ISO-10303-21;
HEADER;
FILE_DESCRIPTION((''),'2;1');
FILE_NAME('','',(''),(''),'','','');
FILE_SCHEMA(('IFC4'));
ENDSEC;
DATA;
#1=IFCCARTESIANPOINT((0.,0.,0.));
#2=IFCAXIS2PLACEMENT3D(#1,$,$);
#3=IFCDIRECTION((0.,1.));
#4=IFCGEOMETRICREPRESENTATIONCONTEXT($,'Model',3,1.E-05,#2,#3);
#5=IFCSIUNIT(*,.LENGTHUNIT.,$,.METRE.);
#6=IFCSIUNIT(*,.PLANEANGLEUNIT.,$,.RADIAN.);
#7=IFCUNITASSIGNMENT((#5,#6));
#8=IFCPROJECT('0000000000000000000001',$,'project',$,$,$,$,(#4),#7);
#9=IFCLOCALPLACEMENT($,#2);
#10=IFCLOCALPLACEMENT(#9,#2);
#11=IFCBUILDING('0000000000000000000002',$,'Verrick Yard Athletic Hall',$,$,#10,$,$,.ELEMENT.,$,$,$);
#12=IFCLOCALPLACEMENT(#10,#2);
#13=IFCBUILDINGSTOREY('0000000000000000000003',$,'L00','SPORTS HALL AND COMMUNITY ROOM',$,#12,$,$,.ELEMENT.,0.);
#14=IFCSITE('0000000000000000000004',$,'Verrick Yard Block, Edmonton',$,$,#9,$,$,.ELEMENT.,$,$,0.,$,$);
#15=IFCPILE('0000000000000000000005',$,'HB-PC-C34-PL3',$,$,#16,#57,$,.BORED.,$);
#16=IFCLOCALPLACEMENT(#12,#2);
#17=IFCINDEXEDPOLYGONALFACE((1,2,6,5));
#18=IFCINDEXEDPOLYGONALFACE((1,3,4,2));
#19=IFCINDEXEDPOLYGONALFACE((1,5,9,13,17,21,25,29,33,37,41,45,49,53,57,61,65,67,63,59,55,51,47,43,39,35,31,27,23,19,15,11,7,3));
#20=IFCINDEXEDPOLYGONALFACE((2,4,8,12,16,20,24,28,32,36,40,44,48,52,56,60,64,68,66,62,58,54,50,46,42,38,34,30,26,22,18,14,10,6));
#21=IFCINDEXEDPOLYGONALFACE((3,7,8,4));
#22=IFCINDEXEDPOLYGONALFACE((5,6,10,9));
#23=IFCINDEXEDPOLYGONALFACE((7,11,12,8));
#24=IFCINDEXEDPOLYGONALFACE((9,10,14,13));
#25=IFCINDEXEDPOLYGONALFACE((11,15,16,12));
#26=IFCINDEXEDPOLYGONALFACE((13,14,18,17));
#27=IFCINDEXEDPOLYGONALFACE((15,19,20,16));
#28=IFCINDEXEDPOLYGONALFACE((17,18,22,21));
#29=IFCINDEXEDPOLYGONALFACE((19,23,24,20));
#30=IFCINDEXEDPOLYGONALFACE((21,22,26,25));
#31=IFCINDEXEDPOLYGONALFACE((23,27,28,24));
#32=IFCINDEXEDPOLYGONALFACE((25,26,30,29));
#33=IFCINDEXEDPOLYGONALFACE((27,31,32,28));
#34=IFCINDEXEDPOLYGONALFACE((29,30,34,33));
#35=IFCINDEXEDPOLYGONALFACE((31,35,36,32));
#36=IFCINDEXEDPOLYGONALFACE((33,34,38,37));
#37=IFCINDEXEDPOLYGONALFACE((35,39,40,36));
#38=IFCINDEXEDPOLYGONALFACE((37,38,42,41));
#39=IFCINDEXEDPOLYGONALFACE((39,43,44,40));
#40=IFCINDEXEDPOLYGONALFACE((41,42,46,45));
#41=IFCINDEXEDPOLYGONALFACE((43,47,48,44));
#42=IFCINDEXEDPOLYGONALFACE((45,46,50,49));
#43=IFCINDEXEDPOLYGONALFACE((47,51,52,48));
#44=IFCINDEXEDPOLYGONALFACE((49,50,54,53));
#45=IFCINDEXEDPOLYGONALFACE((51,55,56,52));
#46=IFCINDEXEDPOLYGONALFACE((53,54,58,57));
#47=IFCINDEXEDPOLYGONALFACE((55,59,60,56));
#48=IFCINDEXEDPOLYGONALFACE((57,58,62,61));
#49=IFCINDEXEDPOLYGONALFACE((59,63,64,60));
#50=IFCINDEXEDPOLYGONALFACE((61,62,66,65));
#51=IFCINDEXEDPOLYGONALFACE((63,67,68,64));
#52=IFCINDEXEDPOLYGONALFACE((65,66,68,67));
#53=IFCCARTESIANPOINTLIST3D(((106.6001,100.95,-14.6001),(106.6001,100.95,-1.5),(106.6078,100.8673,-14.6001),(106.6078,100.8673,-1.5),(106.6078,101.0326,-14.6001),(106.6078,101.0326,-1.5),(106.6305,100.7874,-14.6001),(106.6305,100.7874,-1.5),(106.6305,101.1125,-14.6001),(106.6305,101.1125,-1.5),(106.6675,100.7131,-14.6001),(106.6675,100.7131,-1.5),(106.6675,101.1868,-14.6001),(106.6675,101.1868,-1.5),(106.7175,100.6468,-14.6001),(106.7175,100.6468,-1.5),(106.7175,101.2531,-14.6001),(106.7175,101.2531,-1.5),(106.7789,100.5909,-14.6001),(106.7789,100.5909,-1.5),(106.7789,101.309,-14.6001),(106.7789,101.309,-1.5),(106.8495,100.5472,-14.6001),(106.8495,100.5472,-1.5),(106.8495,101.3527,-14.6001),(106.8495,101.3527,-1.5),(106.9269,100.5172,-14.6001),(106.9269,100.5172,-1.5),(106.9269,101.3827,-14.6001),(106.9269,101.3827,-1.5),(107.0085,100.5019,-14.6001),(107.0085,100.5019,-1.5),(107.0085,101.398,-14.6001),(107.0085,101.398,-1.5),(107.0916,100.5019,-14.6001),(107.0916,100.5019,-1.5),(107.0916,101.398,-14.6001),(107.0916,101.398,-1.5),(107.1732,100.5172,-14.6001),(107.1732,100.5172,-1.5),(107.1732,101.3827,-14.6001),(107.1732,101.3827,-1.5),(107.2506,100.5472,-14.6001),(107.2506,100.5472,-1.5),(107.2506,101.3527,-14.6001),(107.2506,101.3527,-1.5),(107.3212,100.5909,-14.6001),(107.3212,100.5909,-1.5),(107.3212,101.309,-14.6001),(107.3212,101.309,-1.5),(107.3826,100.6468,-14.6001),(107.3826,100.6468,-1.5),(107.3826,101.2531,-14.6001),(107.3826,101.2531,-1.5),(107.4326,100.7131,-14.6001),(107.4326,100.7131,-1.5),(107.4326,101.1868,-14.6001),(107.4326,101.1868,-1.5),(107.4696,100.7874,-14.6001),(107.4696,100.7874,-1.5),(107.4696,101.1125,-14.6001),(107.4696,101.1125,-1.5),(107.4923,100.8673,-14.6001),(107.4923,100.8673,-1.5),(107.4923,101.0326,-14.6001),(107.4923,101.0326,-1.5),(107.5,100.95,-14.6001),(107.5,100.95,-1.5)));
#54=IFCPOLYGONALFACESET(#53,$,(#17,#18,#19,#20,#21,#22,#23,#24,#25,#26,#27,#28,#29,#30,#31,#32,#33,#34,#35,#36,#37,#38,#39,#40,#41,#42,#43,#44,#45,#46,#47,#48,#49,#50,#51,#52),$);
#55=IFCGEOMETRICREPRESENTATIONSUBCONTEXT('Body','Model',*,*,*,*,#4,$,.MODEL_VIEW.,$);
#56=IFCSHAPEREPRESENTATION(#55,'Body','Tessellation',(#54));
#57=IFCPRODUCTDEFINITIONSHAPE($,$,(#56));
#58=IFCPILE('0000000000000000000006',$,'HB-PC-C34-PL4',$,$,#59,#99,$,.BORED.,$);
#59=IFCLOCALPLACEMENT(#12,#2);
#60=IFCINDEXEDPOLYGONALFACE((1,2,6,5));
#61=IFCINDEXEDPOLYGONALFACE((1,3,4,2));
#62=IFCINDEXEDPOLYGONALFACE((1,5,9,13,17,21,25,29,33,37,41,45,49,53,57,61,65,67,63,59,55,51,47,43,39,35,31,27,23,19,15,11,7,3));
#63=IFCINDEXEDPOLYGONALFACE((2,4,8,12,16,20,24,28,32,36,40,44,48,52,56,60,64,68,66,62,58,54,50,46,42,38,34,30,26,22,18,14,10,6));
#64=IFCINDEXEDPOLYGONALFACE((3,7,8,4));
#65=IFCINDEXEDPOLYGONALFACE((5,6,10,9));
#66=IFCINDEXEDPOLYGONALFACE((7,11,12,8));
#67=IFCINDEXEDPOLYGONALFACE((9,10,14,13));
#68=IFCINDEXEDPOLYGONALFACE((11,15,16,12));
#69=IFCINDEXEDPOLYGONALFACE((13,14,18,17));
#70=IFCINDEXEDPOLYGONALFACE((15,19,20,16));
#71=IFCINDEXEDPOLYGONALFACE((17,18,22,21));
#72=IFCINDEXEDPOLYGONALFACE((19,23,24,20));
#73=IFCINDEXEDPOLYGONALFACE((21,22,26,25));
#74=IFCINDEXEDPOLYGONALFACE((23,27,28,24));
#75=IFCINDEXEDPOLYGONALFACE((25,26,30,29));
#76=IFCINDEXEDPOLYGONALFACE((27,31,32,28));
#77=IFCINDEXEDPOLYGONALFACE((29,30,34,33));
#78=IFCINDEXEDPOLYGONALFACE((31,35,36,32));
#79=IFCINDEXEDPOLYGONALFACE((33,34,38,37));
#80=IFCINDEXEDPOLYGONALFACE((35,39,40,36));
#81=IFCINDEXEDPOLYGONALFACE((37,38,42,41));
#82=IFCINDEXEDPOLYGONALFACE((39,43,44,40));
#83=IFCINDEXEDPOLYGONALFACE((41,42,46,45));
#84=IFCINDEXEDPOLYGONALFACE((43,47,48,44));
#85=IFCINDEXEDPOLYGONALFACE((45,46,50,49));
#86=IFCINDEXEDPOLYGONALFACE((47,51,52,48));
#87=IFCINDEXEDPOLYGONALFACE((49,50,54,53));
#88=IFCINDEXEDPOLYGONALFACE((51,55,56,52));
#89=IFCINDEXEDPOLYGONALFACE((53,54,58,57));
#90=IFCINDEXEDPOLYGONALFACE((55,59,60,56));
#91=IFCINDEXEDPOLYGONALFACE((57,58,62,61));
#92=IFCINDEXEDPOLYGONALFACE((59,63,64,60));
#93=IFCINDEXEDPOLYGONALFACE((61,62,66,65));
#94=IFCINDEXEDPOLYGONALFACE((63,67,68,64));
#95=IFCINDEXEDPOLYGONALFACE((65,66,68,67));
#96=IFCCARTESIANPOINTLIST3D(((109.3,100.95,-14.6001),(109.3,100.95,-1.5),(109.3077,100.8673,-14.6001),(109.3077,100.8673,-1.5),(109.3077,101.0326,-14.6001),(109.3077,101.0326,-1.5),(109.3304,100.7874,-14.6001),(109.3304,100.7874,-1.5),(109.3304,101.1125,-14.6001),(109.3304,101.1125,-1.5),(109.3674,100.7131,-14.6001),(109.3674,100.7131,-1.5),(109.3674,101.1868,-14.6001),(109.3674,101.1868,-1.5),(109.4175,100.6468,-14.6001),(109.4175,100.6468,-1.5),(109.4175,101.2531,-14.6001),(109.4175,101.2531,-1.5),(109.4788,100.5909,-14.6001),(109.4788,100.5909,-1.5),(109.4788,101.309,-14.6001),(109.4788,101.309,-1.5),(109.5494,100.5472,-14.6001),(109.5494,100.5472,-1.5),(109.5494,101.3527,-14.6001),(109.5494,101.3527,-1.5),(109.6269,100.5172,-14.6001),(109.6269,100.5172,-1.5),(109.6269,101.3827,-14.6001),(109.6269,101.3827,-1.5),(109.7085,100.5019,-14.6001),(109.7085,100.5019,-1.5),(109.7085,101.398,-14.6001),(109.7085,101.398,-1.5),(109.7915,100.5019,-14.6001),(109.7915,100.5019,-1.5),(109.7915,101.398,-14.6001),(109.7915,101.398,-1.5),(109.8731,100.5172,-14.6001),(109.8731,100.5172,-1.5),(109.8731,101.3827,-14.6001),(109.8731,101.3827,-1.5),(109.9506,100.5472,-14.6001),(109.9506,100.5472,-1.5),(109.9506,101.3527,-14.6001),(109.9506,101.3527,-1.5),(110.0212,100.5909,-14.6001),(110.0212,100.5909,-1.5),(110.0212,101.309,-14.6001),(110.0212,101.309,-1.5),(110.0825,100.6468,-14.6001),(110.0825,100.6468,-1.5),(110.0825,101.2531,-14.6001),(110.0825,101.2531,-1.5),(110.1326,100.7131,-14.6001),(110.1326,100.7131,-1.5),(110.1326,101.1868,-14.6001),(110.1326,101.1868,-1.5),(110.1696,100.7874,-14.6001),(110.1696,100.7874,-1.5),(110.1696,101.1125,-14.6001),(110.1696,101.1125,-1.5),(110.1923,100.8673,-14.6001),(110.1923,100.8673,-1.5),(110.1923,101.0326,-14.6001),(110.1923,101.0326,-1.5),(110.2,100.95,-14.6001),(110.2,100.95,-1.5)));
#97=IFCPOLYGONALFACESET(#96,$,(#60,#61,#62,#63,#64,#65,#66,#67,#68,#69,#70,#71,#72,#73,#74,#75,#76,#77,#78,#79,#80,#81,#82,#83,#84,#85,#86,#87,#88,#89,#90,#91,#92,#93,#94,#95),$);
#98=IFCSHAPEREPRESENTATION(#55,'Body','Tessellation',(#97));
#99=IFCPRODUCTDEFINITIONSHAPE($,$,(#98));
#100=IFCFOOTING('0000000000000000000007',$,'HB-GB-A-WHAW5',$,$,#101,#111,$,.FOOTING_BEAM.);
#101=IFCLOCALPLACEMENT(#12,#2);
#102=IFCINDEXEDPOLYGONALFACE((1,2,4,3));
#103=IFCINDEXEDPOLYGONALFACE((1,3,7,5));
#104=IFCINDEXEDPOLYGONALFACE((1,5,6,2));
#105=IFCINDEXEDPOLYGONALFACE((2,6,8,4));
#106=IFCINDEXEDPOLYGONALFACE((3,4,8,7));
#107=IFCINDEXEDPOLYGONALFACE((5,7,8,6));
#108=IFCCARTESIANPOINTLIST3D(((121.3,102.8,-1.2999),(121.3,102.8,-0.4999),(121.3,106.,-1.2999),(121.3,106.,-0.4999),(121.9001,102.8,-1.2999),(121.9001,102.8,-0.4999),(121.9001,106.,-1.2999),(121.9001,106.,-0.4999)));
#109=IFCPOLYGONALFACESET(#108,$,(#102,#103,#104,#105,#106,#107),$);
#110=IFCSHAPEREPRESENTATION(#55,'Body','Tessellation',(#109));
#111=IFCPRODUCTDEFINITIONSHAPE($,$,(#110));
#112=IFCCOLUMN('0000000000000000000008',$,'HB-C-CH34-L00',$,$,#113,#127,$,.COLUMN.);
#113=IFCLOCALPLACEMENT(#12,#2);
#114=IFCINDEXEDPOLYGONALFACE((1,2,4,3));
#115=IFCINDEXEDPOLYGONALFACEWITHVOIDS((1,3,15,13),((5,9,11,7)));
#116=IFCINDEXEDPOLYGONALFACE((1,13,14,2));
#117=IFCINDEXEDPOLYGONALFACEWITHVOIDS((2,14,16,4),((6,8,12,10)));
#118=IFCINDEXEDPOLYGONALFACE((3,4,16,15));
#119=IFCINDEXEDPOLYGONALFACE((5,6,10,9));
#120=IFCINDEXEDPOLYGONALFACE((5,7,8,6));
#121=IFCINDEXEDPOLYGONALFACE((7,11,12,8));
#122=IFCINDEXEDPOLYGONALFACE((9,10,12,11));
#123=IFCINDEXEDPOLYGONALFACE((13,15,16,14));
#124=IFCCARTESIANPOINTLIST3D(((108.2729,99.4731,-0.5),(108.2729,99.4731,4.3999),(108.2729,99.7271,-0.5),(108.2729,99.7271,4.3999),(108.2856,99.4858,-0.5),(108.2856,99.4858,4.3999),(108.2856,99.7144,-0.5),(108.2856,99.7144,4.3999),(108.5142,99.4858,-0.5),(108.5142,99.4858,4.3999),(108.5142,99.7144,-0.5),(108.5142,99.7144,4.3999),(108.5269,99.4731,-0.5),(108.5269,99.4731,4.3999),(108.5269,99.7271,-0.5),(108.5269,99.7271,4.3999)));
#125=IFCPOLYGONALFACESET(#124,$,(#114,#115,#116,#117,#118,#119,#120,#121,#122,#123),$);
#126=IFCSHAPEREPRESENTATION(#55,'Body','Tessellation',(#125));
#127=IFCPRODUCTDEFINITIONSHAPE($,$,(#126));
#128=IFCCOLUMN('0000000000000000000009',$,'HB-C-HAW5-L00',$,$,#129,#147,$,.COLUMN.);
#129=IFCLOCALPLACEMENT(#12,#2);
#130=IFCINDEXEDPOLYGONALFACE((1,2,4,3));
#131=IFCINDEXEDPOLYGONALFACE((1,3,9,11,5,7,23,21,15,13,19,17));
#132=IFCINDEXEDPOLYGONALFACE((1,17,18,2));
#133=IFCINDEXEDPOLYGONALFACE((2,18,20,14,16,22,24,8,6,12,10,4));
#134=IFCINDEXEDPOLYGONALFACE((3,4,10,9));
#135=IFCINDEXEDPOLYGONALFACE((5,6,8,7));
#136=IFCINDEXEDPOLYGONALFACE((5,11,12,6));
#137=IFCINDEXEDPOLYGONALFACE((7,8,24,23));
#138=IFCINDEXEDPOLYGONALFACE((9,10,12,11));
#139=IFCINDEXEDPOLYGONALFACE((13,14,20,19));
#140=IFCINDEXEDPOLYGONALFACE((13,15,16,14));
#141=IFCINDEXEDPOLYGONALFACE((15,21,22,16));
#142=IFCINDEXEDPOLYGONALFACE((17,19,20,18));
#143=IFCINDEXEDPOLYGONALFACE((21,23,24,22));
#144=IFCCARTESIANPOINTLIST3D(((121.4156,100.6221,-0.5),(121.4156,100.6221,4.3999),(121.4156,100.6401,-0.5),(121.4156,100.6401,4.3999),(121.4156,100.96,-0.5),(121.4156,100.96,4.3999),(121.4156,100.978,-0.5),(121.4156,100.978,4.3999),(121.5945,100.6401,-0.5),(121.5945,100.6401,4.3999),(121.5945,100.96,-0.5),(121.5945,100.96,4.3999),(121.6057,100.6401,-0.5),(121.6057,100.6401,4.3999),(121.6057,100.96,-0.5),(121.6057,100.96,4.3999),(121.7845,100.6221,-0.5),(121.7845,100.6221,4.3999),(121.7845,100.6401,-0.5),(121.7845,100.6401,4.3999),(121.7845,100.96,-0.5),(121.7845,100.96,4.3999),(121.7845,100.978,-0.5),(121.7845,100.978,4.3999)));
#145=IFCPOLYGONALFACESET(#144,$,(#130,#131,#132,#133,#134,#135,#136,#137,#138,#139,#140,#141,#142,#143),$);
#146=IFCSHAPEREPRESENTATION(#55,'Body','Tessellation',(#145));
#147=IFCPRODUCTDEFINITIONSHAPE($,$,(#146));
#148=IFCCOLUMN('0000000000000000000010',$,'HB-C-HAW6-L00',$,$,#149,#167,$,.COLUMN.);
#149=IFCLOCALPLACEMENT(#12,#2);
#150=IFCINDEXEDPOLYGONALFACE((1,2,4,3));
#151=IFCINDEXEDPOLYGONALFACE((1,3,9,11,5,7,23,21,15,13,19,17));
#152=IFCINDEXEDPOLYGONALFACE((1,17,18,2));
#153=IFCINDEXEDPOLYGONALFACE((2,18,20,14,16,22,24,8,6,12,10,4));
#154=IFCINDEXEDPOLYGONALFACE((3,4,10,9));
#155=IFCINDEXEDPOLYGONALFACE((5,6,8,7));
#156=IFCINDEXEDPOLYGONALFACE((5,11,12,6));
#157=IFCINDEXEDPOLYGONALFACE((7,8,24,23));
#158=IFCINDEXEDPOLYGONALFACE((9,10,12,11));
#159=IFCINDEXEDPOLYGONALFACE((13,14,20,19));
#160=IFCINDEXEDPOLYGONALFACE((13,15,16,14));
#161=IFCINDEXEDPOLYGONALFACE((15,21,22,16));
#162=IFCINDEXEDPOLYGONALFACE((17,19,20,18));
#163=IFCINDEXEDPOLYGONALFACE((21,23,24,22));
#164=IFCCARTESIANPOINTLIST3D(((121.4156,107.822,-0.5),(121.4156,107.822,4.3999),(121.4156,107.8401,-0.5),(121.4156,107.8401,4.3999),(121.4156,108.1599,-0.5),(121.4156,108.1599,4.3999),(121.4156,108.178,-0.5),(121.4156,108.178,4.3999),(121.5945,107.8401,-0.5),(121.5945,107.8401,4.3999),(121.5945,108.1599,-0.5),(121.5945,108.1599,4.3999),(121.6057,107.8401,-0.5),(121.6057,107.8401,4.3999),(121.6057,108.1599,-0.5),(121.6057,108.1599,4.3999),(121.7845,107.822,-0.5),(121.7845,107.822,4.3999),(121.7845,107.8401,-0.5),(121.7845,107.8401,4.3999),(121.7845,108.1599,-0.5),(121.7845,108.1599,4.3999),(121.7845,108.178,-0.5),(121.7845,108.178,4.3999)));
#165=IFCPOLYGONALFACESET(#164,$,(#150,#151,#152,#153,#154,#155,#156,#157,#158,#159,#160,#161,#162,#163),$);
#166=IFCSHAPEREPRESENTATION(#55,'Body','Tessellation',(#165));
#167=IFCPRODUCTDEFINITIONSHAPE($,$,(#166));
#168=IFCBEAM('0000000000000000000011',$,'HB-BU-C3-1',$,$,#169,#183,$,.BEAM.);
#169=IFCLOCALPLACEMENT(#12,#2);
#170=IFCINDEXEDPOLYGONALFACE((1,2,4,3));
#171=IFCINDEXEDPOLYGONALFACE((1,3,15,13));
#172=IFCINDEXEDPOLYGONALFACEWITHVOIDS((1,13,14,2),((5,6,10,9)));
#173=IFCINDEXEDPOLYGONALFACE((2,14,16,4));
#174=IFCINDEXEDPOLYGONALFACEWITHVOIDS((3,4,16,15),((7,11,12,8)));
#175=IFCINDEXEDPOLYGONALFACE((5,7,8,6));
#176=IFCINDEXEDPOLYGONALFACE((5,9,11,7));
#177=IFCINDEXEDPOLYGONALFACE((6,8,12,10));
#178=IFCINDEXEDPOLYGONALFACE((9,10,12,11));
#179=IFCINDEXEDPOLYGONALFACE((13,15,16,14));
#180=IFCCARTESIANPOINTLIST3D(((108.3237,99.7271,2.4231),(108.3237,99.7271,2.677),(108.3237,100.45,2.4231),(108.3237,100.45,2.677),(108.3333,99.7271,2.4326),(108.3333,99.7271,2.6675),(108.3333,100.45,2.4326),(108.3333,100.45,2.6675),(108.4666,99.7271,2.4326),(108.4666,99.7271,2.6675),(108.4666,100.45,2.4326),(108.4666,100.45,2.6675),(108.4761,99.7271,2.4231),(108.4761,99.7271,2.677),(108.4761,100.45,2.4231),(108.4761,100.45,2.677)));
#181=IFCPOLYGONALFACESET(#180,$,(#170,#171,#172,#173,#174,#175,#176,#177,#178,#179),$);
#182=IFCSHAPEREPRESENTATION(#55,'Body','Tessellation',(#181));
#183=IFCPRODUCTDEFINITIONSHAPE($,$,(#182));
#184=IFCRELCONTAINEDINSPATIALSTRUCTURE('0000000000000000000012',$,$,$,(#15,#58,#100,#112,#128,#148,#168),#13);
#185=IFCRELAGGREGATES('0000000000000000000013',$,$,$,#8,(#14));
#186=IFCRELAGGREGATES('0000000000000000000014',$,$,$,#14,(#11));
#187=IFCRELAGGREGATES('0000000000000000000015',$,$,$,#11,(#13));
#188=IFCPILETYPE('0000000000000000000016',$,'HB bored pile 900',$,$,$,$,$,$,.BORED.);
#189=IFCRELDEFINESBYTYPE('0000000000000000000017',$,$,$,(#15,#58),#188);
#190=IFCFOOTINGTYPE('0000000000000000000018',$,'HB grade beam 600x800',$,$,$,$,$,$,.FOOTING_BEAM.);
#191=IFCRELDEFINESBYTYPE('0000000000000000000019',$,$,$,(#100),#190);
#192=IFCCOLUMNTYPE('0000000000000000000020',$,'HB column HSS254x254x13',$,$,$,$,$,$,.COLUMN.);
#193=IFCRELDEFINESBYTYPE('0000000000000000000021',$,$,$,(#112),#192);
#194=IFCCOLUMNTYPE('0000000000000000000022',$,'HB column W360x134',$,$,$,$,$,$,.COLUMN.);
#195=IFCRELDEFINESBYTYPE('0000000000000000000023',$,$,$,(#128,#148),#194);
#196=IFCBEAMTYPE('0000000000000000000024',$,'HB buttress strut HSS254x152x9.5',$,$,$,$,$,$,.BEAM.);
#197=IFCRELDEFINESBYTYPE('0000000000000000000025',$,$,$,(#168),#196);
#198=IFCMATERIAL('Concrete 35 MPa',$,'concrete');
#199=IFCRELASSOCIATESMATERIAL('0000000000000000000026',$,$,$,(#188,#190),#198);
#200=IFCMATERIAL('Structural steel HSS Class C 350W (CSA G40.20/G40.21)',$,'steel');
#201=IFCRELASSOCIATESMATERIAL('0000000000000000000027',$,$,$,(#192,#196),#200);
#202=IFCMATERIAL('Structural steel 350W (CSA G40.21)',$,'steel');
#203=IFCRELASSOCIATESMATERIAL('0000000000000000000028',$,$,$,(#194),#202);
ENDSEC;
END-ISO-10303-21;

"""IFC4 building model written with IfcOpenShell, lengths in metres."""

from ifc_helpers import new_model, si_unit, direction, frame, origin, origin_2d, place, context, subcontext, project, spatial, rectangle, hollow_rectangle, circle, i_section, extrude, material, material_profile, profile_set, type_object, element, save


model = new_model("IFC4")

# Units and contexts
model_context = context("Model", 3, precision=1e-05, world=origin(), true_north=direction((0.0, 1.0)))
body_context = subcontext(model_context, "Body", "Model", "MODEL_VIEW")
ifc_project = project(units=[si_unit("LENGTHUNIT", "METRE"), si_unit("PLANEANGLEUNIT", "RADIAN")], contexts=[model_context])

# Site, building, storey
site_placement = place(None, origin())
site = spatial("IfcSite", under=ifc_project, at=site_placement, Name="Verrick Yard Block, Edmonton", CompositionType="ELEMENT", RefElevation=0.0)
building_placement = place(site_placement, origin())
building = spatial("IfcBuilding", under=site, at=building_placement, Name="Verrick Yard Athletic Hall", CompositionType="ELEMENT")
storey_placement = place(building_placement, origin())
storey = spatial("IfcBuildingStorey", under=building, at=storey_placement, Name="L00", Description="SPORTS HALL AND COMMUNITY ROOM", CompositionType="ELEMENT", Elevation=0.0)

# Piles
ifc_material_1 = material(Name="Concrete 35 MPa", Category="concrete")
ifc_material_profile_1 = material_profile(ifc_material_1, circle(Radius=0.45, at=origin_2d()), Name="Bored pile 900")
ifc_profile_set_1 = profile_set([ifc_material_profile_1], Name="Concrete 35 MPa")
pile_type = type_object("IfcPileType", Name="HB bored pile 900", PredefinedType="BORED", material=ifc_profile_set_1)
for number, where, z_axis, x_axis, name in (
    (1, (107.05, 100.95, -1.5), (0.0, 0.0, -1.0), (1.0, 0.0, 0.0), "HB-PC-C34-PL3"),
    (2, (109.75, 100.95, -1.5), (0.0, 0.0, -1.0), (1.0, 0.0, 0.0), "HB-PC-C34-PL4"),
):
    element("IfcPile", number, at=place(storey_placement, frame(where, z_axis=z_axis, x_axis=x_axis)), inside=storey, type_object=pile_type, Name=name, PredefinedType="BORED", context=body_context, shape_type="SweptSolid", body=[
        extrude(circle(Radius=0.45, at=origin_2d()), origin(), (0.0, 0.0, 1.0), 13.1001),
    ])

# Footing
ifc_material_profile_2 = material_profile(ifc_material_1, rectangle(XDim=0.6001, YDim=0.8, at=origin_2d()), Name="Grade beam 600x800")
ifc_profile_set_2 = profile_set([ifc_material_profile_2], Name="Concrete 35 MPa")
footing_type = type_object("IfcFootingType", Name="HB grade beam 600x800", PredefinedType="FOOTING_BEAM", material=ifc_profile_set_2)
footing_placement = place(storey_placement, frame((121.6001, 102.8, -0.8999), z_axis=(0.0, 1.0, 0.0), x_axis=(-1.0, 0.0, 0.0)))
element("IfcFooting", 3, at=footing_placement, inside=storey, type_object=footing_type, Name="HB-GB-A-WHAW5", PredefinedType="FOOTING_BEAM", context=body_context, shape_type="SweptSolid", body=[
    extrude(rectangle(XDim=0.6001, YDim=0.8, at=origin_2d()), origin(), (0.0, 0.0, 1.0), 3.2),
])

# Columns
ifc_material_2 = material(Name="Structural steel HSS Class C 350W (CSA G40.20/G40.21)", Category="steel")
ifc_material_profile_3 = material_profile(ifc_material_2, hollow_rectangle(XDim=0.2539, YDim=0.2539, WallThickness=0.0127, at=origin_2d()), Name="HSS254x254x13")
ifc_profile_set_3 = profile_set([ifc_material_profile_3], Name="Structural steel HSS Class C 350W (CSA G40.20/G40.21)")
column_type_1 = type_object("IfcColumnType", Name="HB column HSS254x254x13", PredefinedType="COLUMN", material=ifc_profile_set_3)
column_placement = place(storey_placement, frame((108.3999, 99.6001, -0.5), z_axis=(0.0, 0.0, 1.0), x_axis=(1.0, 0.0, 0.0)))
element("IfcColumn", 4, at=column_placement, inside=storey, type_object=column_type_1, Name="HB-C-CH34-L00", PredefinedType="COLUMN", context=body_context, shape_type="SweptSolid", body=[
    extrude(hollow_rectangle(XDim=0.2539, YDim=0.2539, WallThickness=0.0127, at=origin_2d()), origin(), (0.0, 0.0, 1.0), 4.8999),
])
ifc_material_3 = material(Name="Structural steel 350W (CSA G40.21)", Category="steel")
ifc_material_profile_4 = material_profile(ifc_material_3, i_section(OverallWidth=0.3689, OverallDepth=0.356, WebThickness=0.0112, FlangeThickness=0.0181, at=origin_2d()), Name="W360x134")
ifc_profile_set_4 = profile_set([ifc_material_profile_4], Name="Structural steel 350W (CSA G40.21)")
column_type_2 = type_object("IfcColumnType", Name="HB column W360x134", PredefinedType="COLUMN", material=ifc_profile_set_4)
for number, where, z_axis, x_axis, name in (
    (5, (121.6001, 100.8, -0.5), (0.0, 0.0, 1.0), (1.0, 0.0, 0.0), "HB-C-HAW5-L00"),
    (6, (121.6001, 108.0, -0.5), (0.0, 0.0, 1.0), (1.0, 0.0, 0.0), "HB-C-HAW6-L00"),
):
    element("IfcColumn", number, at=place(storey_placement, frame(where, z_axis=z_axis, x_axis=x_axis)), inside=storey, type_object=column_type_2, Name=name, PredefinedType="COLUMN", context=body_context, shape_type="SweptSolid", body=[
        extrude(i_section(OverallWidth=0.3689, OverallDepth=0.356, WebThickness=0.0112, FlangeThickness=0.0181, at=origin_2d()), origin(), (0.0, 0.0, 1.0), 4.8999),
    ])

# Beam
ifc_material_profile_5 = material_profile(ifc_material_2, hollow_rectangle(XDim=0.1523, YDim=0.2539, WallThickness=0.0095, at=origin_2d()), Name="HSS254x152x9.5")
ifc_profile_set_5 = profile_set([ifc_material_profile_5], Name="Structural steel HSS Class C 350W (CSA G40.20/G40.21)")
beam_type_1 = type_object("IfcBeamType", Name="HB buttress strut HSS254x152x9.5", PredefinedType="BEAM", material=ifc_profile_set_5)
beam_1_placement = place(storey_placement, frame((108.3999, 99.7271, 2.55), z_axis=(0.0, 1.0, 0.0), x_axis=(-1.0, 0.0, 0.0)))
element("IfcBeam", 7, at=beam_1_placement, inside=storey, type_object=beam_type_1, Name="HB-BU-C3-1", PredefinedType="BEAM", context=body_context, shape_type="SweptSolid", body=[
    extrude(hollow_rectangle(XDim=0.1523, YDim=0.2539, WallThickness=0.0095, at=origin_2d()), origin(), (0.0, 0.0, 1.0), 0.7229),
])

save(model, "model.ifc")
